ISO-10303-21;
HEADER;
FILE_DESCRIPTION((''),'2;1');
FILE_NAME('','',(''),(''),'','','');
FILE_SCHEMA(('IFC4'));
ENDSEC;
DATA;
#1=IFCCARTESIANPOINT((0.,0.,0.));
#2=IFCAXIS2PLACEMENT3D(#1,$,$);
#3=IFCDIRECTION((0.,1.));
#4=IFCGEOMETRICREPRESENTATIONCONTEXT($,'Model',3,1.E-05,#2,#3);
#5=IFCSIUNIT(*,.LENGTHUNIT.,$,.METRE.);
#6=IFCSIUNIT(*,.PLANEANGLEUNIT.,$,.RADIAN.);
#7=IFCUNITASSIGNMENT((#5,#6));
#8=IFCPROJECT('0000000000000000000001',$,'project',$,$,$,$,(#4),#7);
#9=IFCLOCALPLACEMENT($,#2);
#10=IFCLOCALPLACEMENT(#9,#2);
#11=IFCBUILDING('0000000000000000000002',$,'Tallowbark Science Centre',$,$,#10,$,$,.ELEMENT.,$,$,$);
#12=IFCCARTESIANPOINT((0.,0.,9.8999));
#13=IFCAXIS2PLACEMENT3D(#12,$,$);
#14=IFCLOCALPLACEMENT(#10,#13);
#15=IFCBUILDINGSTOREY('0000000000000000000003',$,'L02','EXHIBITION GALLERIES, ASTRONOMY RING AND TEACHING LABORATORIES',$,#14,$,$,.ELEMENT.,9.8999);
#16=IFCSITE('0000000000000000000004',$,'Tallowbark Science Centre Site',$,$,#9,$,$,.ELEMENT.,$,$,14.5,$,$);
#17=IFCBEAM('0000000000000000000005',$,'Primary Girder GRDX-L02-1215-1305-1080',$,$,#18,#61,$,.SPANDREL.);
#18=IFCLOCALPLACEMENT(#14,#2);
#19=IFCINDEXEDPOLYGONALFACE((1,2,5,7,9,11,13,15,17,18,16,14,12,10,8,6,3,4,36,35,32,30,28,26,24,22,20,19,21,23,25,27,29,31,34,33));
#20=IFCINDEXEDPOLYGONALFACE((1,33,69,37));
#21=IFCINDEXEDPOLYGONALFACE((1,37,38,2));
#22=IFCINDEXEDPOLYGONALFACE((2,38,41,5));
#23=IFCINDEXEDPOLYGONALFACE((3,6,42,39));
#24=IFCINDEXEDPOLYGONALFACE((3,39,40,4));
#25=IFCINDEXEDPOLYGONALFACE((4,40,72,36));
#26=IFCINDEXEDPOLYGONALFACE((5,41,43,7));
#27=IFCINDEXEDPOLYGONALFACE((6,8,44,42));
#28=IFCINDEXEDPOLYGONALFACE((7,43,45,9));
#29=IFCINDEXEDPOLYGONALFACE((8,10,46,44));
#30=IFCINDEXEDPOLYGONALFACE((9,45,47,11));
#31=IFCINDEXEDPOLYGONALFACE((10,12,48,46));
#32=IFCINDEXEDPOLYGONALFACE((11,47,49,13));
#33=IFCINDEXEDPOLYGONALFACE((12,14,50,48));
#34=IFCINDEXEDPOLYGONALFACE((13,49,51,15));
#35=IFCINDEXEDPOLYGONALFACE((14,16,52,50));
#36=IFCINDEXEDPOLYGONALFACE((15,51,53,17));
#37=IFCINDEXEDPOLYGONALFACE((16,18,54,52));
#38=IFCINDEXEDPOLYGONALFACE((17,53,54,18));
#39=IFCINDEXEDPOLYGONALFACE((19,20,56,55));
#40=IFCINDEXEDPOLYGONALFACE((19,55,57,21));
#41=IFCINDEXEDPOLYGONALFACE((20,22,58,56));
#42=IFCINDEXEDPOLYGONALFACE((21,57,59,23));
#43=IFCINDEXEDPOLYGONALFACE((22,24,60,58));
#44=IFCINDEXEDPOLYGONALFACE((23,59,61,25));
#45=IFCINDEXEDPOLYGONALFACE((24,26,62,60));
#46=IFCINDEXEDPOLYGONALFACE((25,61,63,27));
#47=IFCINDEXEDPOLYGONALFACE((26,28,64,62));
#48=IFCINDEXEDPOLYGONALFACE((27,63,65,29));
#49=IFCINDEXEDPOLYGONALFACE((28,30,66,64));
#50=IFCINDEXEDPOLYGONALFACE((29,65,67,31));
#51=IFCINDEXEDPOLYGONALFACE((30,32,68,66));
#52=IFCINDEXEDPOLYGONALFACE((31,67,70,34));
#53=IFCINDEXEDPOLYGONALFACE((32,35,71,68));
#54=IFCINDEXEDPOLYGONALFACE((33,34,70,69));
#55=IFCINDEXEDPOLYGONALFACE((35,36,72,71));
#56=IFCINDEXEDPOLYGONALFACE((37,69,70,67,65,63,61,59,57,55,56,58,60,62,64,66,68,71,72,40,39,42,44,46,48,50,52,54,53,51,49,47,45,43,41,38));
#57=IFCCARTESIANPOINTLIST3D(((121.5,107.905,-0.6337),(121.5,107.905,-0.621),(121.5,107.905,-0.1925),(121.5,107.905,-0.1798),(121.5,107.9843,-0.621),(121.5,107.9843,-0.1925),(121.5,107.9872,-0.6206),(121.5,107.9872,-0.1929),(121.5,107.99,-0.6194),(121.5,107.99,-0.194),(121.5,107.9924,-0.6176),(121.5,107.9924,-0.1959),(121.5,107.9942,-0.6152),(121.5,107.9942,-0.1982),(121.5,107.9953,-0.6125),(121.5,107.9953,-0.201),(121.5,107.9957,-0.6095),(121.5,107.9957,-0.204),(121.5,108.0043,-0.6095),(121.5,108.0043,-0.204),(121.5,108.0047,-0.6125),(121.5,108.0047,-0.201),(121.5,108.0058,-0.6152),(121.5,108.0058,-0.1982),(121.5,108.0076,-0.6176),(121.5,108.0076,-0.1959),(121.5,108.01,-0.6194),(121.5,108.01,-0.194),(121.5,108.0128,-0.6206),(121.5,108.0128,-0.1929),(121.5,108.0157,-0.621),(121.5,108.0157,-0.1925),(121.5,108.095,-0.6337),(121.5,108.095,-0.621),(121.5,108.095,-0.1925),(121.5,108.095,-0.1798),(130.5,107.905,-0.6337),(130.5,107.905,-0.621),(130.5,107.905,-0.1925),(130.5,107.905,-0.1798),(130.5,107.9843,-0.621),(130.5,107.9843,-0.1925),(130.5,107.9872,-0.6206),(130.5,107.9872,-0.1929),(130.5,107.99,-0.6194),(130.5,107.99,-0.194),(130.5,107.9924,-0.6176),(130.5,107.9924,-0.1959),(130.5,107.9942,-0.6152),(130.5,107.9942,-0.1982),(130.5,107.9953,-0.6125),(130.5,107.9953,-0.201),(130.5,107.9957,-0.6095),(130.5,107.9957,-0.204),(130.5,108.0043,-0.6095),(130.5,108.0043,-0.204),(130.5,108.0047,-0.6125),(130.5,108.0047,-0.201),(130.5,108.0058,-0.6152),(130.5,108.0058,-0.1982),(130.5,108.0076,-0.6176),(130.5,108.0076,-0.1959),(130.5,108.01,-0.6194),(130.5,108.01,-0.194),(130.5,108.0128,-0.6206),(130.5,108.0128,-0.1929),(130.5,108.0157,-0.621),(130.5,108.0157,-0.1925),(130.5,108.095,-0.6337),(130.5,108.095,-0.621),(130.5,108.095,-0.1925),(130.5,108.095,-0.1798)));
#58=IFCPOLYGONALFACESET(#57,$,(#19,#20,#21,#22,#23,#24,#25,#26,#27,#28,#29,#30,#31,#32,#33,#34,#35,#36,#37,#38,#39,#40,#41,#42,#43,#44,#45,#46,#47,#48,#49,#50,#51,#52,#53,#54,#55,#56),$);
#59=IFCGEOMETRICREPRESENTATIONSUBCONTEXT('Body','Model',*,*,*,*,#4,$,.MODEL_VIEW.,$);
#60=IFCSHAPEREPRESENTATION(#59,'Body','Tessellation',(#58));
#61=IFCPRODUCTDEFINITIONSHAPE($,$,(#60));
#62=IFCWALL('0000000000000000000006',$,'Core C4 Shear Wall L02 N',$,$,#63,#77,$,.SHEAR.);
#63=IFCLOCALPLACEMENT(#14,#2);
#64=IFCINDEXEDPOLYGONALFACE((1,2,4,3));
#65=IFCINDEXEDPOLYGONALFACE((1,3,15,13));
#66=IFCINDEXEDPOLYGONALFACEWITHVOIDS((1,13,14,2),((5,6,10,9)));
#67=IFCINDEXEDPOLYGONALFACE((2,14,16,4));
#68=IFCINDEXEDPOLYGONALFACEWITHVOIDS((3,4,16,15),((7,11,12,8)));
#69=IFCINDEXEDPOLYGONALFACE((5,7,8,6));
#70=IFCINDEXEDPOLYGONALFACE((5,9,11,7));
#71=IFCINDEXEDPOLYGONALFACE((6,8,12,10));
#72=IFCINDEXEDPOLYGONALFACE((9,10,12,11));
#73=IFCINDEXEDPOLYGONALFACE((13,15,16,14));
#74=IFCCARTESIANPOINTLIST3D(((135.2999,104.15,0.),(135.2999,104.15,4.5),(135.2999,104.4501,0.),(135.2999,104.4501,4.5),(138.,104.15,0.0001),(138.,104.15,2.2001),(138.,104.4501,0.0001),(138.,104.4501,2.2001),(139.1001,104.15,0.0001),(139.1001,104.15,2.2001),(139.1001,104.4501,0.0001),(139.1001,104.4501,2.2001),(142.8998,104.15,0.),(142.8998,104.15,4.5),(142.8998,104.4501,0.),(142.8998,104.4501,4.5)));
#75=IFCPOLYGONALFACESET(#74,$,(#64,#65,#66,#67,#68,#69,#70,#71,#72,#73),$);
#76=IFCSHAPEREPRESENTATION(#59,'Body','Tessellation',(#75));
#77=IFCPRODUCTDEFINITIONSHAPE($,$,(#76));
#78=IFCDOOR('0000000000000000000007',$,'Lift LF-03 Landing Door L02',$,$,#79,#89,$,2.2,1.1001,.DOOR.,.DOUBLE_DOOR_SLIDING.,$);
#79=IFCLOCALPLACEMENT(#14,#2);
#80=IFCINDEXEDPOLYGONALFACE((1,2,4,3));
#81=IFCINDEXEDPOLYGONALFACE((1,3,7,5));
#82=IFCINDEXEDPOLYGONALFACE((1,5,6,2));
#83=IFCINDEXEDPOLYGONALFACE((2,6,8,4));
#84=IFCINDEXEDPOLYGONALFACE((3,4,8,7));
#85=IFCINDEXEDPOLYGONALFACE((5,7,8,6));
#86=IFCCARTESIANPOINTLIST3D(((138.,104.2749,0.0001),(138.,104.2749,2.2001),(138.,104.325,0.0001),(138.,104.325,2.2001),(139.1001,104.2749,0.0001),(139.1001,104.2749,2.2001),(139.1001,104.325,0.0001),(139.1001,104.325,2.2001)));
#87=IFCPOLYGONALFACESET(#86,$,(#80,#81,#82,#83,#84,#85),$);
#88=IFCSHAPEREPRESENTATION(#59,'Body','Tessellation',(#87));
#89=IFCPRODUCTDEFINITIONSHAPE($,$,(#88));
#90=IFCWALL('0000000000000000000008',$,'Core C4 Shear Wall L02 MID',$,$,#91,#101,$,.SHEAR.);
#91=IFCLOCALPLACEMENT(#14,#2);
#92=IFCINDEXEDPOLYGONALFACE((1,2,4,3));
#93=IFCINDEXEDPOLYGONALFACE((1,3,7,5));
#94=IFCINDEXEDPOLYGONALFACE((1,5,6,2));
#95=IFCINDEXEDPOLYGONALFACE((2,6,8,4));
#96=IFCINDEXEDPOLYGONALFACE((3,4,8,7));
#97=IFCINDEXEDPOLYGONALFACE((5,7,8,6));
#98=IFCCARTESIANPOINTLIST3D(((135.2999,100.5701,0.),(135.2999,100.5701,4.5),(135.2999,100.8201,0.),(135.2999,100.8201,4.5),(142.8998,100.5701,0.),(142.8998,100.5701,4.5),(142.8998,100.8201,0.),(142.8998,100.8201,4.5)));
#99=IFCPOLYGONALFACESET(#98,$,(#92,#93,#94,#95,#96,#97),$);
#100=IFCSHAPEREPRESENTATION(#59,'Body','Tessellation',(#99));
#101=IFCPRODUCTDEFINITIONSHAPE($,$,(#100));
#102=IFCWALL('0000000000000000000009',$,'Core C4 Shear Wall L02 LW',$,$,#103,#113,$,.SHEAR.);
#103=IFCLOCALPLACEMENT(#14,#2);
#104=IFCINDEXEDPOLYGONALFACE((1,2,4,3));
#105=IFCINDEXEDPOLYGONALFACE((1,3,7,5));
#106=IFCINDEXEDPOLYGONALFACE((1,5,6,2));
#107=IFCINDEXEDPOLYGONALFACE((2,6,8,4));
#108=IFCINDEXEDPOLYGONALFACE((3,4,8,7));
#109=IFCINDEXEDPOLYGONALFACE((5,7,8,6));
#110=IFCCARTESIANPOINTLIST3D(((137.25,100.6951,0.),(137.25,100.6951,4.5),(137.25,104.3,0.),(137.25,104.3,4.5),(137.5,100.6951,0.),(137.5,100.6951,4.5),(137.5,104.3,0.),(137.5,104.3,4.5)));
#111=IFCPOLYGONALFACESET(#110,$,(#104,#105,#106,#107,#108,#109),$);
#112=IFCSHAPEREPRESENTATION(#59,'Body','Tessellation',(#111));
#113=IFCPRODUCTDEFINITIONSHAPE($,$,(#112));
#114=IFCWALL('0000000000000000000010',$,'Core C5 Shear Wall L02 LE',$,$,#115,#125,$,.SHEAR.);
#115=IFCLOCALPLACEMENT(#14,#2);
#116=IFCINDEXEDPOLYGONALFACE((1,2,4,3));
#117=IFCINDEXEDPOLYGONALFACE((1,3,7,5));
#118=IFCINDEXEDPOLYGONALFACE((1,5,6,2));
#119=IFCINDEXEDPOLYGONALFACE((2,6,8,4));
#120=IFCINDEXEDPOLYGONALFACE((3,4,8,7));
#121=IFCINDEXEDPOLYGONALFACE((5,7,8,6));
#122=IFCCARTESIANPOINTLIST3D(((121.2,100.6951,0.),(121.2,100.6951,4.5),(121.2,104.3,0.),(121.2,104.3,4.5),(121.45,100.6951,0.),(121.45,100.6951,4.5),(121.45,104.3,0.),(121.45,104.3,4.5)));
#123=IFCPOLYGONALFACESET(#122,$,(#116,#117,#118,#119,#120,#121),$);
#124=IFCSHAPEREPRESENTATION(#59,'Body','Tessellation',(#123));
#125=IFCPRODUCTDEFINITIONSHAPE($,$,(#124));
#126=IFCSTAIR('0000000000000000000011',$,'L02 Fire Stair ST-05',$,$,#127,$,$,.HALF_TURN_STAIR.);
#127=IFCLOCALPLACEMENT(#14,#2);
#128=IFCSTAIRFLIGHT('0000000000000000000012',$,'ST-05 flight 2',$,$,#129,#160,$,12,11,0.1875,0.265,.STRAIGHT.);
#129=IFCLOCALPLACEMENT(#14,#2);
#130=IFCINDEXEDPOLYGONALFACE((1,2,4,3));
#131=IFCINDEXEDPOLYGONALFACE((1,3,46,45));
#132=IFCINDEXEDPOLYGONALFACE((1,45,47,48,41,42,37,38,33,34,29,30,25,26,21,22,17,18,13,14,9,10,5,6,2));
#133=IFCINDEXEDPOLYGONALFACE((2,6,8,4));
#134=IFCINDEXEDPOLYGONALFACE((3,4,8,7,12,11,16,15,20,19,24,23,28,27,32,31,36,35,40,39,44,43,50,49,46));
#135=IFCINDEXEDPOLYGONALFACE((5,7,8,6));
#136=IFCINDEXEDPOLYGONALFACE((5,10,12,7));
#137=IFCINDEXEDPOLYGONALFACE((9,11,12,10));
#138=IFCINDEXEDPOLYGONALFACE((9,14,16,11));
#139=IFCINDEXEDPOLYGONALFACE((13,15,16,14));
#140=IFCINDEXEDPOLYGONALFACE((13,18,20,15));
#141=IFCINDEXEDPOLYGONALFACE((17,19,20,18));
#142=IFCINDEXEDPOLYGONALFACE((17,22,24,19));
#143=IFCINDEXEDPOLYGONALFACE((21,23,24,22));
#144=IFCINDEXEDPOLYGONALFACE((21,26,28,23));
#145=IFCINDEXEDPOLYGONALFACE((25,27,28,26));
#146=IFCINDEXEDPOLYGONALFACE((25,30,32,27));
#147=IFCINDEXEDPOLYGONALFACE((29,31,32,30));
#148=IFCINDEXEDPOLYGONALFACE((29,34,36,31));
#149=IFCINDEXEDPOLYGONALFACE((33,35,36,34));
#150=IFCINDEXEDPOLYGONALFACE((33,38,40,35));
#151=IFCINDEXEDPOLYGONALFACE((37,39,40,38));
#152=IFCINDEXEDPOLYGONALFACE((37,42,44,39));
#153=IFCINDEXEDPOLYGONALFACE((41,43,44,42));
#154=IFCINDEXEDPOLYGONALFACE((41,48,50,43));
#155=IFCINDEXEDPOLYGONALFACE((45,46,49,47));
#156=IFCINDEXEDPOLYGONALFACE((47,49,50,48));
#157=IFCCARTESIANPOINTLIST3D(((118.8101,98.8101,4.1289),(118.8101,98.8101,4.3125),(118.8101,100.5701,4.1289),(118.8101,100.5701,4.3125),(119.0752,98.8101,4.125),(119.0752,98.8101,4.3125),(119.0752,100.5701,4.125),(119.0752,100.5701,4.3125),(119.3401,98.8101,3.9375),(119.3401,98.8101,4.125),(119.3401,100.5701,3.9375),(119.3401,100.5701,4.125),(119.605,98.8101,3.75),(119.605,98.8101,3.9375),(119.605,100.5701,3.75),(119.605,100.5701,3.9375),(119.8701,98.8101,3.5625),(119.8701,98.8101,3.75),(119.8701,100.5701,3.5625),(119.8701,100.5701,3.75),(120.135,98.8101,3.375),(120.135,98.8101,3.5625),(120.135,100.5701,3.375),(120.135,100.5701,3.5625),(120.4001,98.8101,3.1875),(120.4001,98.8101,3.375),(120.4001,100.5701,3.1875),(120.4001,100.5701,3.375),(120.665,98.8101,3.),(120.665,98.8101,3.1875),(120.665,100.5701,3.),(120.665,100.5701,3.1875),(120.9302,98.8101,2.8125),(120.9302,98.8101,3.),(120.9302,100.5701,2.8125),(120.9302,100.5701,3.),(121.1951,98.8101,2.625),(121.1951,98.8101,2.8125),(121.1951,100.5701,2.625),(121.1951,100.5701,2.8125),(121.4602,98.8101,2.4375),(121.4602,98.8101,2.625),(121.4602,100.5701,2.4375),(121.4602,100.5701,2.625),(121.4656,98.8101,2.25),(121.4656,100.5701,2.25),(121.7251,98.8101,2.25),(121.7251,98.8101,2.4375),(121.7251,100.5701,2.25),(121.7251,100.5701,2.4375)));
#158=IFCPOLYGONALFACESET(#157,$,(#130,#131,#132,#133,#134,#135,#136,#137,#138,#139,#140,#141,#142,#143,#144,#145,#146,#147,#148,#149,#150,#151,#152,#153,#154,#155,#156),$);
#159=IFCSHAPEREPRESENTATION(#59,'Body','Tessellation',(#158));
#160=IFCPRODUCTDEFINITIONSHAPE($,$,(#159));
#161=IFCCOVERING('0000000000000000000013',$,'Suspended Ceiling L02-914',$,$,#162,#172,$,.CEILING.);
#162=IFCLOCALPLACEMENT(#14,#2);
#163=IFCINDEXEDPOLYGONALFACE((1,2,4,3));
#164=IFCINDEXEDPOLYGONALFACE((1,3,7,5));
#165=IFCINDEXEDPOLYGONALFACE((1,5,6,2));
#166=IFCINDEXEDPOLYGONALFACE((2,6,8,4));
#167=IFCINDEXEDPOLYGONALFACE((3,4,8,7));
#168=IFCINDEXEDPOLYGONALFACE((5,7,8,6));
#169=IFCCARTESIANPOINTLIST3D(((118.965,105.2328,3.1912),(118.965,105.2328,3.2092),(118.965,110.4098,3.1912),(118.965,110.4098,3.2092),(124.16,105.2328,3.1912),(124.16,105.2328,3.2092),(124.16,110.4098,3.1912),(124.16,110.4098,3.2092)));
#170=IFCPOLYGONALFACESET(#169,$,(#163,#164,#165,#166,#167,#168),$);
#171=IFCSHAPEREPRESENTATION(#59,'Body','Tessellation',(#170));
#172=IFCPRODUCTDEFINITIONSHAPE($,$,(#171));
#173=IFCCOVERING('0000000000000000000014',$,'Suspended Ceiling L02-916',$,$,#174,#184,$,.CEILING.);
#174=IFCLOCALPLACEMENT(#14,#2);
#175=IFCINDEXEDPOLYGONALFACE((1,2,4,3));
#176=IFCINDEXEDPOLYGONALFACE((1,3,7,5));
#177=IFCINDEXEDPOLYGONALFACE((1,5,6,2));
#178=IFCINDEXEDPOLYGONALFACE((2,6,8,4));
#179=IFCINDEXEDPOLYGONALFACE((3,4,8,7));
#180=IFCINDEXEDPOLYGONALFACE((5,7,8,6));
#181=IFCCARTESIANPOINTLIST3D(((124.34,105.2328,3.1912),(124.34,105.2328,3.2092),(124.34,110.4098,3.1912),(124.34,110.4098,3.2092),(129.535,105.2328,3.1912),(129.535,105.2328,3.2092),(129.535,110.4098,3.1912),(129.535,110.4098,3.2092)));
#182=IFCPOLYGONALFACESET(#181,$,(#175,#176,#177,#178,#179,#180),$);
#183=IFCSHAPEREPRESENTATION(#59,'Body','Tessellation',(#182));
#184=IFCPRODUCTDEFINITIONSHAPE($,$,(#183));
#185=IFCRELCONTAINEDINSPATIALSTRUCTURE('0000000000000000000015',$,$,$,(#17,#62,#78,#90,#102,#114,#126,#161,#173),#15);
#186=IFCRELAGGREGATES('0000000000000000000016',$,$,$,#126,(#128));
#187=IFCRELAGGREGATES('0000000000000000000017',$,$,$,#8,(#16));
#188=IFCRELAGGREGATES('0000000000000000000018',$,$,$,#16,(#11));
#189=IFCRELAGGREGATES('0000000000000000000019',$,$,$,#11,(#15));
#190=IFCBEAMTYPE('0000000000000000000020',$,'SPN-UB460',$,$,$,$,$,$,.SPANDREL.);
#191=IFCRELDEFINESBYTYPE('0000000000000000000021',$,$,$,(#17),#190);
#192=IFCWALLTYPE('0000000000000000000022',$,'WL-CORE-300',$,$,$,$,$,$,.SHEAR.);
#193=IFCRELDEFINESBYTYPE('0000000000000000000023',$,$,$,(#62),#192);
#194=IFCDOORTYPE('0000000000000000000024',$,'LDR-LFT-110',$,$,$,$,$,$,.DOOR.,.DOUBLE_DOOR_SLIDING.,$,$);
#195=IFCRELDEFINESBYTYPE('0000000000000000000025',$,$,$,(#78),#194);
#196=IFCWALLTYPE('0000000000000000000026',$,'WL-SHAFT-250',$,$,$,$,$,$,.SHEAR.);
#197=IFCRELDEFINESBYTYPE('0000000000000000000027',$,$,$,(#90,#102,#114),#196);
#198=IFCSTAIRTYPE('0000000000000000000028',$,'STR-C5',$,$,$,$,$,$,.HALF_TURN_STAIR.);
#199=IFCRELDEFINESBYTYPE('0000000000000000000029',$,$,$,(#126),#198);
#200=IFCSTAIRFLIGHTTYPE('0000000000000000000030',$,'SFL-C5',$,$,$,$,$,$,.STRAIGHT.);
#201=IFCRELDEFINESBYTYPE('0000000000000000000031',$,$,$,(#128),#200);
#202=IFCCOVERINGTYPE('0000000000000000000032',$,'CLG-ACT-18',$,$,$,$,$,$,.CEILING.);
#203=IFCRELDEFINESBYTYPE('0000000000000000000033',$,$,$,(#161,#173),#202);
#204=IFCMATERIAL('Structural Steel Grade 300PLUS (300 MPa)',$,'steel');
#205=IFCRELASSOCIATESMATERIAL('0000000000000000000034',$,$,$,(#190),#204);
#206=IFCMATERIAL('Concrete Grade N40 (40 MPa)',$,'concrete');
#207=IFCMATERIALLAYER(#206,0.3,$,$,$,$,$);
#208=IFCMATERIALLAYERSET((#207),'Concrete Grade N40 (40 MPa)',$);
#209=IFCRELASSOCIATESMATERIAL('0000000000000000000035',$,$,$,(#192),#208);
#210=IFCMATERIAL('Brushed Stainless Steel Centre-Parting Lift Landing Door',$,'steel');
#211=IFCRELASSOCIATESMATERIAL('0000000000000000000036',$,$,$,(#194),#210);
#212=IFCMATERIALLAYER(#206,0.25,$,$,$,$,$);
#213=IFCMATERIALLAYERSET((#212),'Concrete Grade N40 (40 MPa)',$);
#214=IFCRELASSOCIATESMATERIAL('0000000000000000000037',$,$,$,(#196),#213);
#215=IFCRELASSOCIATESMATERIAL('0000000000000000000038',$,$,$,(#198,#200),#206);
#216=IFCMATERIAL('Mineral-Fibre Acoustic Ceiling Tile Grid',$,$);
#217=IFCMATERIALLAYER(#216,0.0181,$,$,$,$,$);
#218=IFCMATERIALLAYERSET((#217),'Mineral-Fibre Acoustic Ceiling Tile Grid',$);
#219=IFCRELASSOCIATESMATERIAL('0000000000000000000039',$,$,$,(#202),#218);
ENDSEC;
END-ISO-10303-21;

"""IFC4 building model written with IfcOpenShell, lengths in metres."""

from ifc_helpers import new_model, si_unit, direction, frame, frame_2d, origin, origin_2d, place, context, subcontext, project, spatial, polyline, rectangle, i_section, outline, extrude, material, layer, layer_set, material_profile, profile_set, type_object, element, fill, aggregate, save


model = new_model("IFC4")

# Units and contexts
model_context = context("Model", 3, precision=1e-05, world=origin(), true_north=direction((0.0, 1.0)))
body_context = subcontext(model_context, "Body", "Model", "MODEL_VIEW")
ifc_project = project(units=[si_unit("LENGTHUNIT", "METRE"), si_unit("PLANEANGLEUNIT", "RADIAN")], contexts=[model_context])

# Site, building, storey
site_placement = place(None, origin())
site = spatial("IfcSite", under=ifc_project, at=site_placement, Name="Tallowbark Science Centre Site", CompositionType="ELEMENT", RefElevation=14.5)
building_placement = place(site_placement, origin())
building = spatial("IfcBuilding", under=site, at=building_placement, Name="Tallowbark Science Centre", CompositionType="ELEMENT")
storey_placement = place(building_placement, frame((0.0, 0.0, 9.8999)))
storey = spatial("IfcBuildingStorey", under=building, at=storey_placement, Name="L02", Description="EXHIBITION GALLERIES, ASTRONOMY RING AND TEACHING LABORATORIES", CompositionType="ELEMENT", Elevation=9.8999)

# Shared definitions
ifc_material_1 = material(Name="Structural Steel Grade 300PLUS (300 MPa)", Category="steel")

# Beam
ifc_material_profile_1 = material_profile(ifc_material_1, i_section(OverallWidth=0.1899, OverallDepth=0.4539, WebThickness=0.0085, FlangeThickness=0.0127, FilletRadius=0.0115, at=origin_2d()), Name="460UB67.1")
ifc_profile_set_1 = profile_set([ifc_material_profile_1], Name="Structural Steel Grade 300PLUS (300 MPa)")
beam_type_1 = type_object("IfcBeamType", Name="SPN-UB460", PredefinedType="SPANDREL", material=ifc_profile_set_1)
beam_1_placement = place(storey_placement, frame((121.5, 108.0, -0.4067), z_axis=(1.0, 0.0, 0.0), x_axis=(0.0, 1.0, 0.0)))
element("IfcBeam", 1, at=beam_1_placement, inside=storey, type_object=beam_type_1, Name="Primary Girder GRDX-L02-1215-1305-1080", PredefinedType="SPANDREL", context=body_context, shape_type="SweptSolid", body=[
    extrude(i_section(OverallWidth=0.1899, OverallDepth=0.4539, WebThickness=0.0085, FlangeThickness=0.0127, FilletRadius=0.0115, at=origin_2d()), origin(), (0.0, 0.0, 1.0), 9.0),
])

# Wall, opening, door
ifc_material_2 = material(Name="Concrete Grade N40 (40 MPa)", Category="concrete")
ifc_layer_1 = layer(ifc_material_2, 0.3)
ifc_layer_set_1 = layer_set([ifc_layer_1], Name="Concrete Grade N40 (40 MPa)")
wall_type_1 = type_object("IfcWallType", Name="WL-CORE-300", PredefinedType="SHEAR", material=ifc_layer_set_1)
wall_1_placement = place(storey_placement, frame((135.3, 104.3, 0.0), z_axis=(0.0, 0.0, 1.0), x_axis=(1.0, 0.0, 0.0)))
wall_1 = element("IfcWall", 2, at=wall_1_placement, inside=storey, type_object=wall_type_1, Name="Core C4 Shear Wall L02 N", PredefinedType="SHEAR", context=body_context, shape_type="SweptSolid", body=[
    extrude(rectangle(XDim=7.5999, YDim=0.3, at=frame_2d((3.7998, 0.0))), origin(), (0.0, 0.0, 1.0), 4.5),
])
opening_placement = place(wall_1_placement, frame((2.7, 0.0, 0.0)))
opening = element("IfcOpeningElement", 3, at=opening_placement, cuts=wall_1, PredefinedType="OPENING", context=body_context, shape_type="SweptSolid", body=[
    extrude(rectangle(XDim=1.1001, YDim=2.2, at=frame_2d((0.55, 1.1001))), frame((0.0, 0.1602, 0.0), z_axis=(0.0, -1.0, 0.0), x_axis=(1.0, 0.0, 0.0)), (0.0, 0.0, 1.0), 0.3201),
])
ifc_material_3 = material(Name="Brushed Stainless Steel Centre-Parting Lift Landing Door", Category="steel")
door_type = type_object("IfcDoorType", Name="LDR-LFT-110", OperationType="DOUBLE_DOOR_SLIDING", PredefinedType="DOOR", material=ifc_material_3)
door_placement = place(opening_placement, origin())
door = element("IfcDoor", 4, at=door_placement, inside=storey, type_object=door_type, Name="Lift LF-03 Landing Door L02", OperationType="DOUBLE_DOOR_SLIDING", OverallHeight=2.2, OverallWidth=1.1001, PredefinedType="DOOR", context=body_context, shape_type="SweptSolid", body=[
    extrude(rectangle(XDim=1.1001, YDim=2.2, at=frame_2d((0.55, 1.1001))), frame((0.0, 0.0249, 0.0), z_axis=(0.0, -1.0, 0.0), x_axis=(1.0, 0.0, 0.0)), (0.0, 0.0, 1.0), 0.05),
])
fill(opening, door)

# Walls
ifc_layer_2 = layer(ifc_material_2, 0.25)
ifc_layer_set_2 = layer_set([ifc_layer_2], Name="Concrete Grade N40 (40 MPa)")
wall_type_2 = type_object("IfcWallType", Name="WL-SHAFT-250", PredefinedType="SHEAR", material=ifc_layer_set_2)
wall_2_placement = place(storey_placement, frame((135.3, 100.6951, 0.0), z_axis=(0.0, 0.0, 1.0), x_axis=(1.0, 0.0, 0.0)))
element("IfcWall", 5, at=wall_2_placement, inside=storey, type_object=wall_type_2, Name="Core C4 Shear Wall L02 MID", PredefinedType="SHEAR", context=body_context, shape_type="SweptSolid", body=[
    extrude(rectangle(XDim=7.5999, YDim=0.25, at=frame_2d((3.7998, 0.0))), origin(), (0.0, 0.0, 1.0), 4.5),
])
for number, where, z_axis, x_axis, name in (
    (6, (137.375, 100.6951, 0.0), (0.0, 0.0, 1.0), (0.0, 1.0, 0.0), "Core C4 Shear Wall L02 LW"),
    (7, (121.325, 100.6951, 0.0), (0.0, 0.0, 1.0), (0.0, 1.0, 0.0), "Core C5 Shear Wall L02 LE"),
):
    element("IfcWall", number, at=place(storey_placement, frame(where, z_axis=z_axis, x_axis=x_axis)), inside=storey, type_object=wall_type_2, Name=name, PredefinedType="SHEAR", context=body_context, shape_type="SweptSolid", body=[
        extrude(rectangle(XDim=3.605, YDim=0.25, at=frame_2d((1.8025, 0.0))), origin(), (0.0, 0.0, 1.0), 4.5),
    ])

# Stair, stair flight
stair_type = type_object("IfcStairType", Name="STR-C5", PredefinedType="HALF_TURN_STAIR", material=ifc_material_2)
stair_placement = place(storey_placement, origin())
stair = element("IfcStair", 8, at=stair_placement, inside=storey, type_object=stair_type, Name="L02 Fire Stair ST-05", PredefinedType="HALF_TURN_STAIR")
stair_flight_type = type_object("IfcStairFlightType", Name="SFL-C5", PredefinedType="STRAIGHT", material=ifc_material_2)
stair_flight_placement = place(storey_placement, frame((121.7251, 99.6899, 2.25), z_axis=(0.0, 0.0, 1.0), x_axis=(-1.0, 0.0, 0.0)))
stair_flight = element("IfcStairFlight", 9, at=stair_flight_placement, type_object=stair_flight_type, Name="ST-05 flight 2", NumberOfRisers=12, NumberOfTreads=11, PredefinedType="STRAIGHT", RiserHeight=0.1875, TreadLength=0.265, context=body_context, shape_type="SweptSolid", body=[
    extrude(outline(polyline([(0.0, 0.0), (0.0, 0.1875), (0.2649, 0.1875), (0.2649, 0.375), (0.53, 0.375), (0.53, 0.5625), (0.7949, 0.5625), (0.7949, 0.75), (1.0601, 0.75), (1.0601, 0.9375), (1.325, 0.9375), (1.325, 1.125), (1.5901, 1.125), (1.5901, 1.3125), (1.855, 1.3125), (1.855, 1.5), (2.1201, 1.5), (2.1201, 1.6875), (2.385, 1.6875), (2.385, 1.875), (2.6499, 1.875), (2.6499, 2.0625), (2.915, 2.0625), (2.915, 2.25), (2.915, 1.8789), (0.2595, 0.0), (0.0, 0.0)])), frame((0.0, 0.8799, 0.0), z_axis=(0.0, -1.0, 0.0), x_axis=(1.0, 0.0, 0.0)), (0.0, 0.0, 1.0), 1.76),
])
aggregate(stair, [stair_flight])

# Coverings
ifc_material_4 = material(Name="Mineral-Fibre Acoustic Ceiling Tile Grid")
ifc_layer_3 = layer(ifc_material_4, 0.0181)
ifc_layer_set_3 = layer_set([ifc_layer_3], Name="Mineral-Fibre Acoustic Ceiling Tile Grid")
covering_type_1 = type_object("IfcCoveringType", Name="CLG-ACT-18", PredefinedType="CEILING", material=ifc_layer_set_3)
for number, where, z_axis, x_axis, name in (
    (10, (121.5625, 107.8213, 3.1912), (0.0, 0.0, 1.0), (1.0, 0.0, 0.0), "Suspended Ceiling L02-914"),
    (11, (126.9375, 107.8213, 3.1912), (0.0, 0.0, 1.0), (1.0, 0.0, 0.0), "Suspended Ceiling L02-916"),
):
    element("IfcCovering", number, at=place(storey_placement, frame(where, z_axis=z_axis, x_axis=x_axis)), inside=storey, type_object=covering_type_1, Name=name, PredefinedType="CEILING", context=body_context, shape_type="SweptSolid", body=[
        extrude(rectangle(XDim=5.1951, YDim=5.177, at=origin_2d()), origin(), (0.0, 0.0, 1.0), 0.0181),
    ])

save(model, "model.ifc")
